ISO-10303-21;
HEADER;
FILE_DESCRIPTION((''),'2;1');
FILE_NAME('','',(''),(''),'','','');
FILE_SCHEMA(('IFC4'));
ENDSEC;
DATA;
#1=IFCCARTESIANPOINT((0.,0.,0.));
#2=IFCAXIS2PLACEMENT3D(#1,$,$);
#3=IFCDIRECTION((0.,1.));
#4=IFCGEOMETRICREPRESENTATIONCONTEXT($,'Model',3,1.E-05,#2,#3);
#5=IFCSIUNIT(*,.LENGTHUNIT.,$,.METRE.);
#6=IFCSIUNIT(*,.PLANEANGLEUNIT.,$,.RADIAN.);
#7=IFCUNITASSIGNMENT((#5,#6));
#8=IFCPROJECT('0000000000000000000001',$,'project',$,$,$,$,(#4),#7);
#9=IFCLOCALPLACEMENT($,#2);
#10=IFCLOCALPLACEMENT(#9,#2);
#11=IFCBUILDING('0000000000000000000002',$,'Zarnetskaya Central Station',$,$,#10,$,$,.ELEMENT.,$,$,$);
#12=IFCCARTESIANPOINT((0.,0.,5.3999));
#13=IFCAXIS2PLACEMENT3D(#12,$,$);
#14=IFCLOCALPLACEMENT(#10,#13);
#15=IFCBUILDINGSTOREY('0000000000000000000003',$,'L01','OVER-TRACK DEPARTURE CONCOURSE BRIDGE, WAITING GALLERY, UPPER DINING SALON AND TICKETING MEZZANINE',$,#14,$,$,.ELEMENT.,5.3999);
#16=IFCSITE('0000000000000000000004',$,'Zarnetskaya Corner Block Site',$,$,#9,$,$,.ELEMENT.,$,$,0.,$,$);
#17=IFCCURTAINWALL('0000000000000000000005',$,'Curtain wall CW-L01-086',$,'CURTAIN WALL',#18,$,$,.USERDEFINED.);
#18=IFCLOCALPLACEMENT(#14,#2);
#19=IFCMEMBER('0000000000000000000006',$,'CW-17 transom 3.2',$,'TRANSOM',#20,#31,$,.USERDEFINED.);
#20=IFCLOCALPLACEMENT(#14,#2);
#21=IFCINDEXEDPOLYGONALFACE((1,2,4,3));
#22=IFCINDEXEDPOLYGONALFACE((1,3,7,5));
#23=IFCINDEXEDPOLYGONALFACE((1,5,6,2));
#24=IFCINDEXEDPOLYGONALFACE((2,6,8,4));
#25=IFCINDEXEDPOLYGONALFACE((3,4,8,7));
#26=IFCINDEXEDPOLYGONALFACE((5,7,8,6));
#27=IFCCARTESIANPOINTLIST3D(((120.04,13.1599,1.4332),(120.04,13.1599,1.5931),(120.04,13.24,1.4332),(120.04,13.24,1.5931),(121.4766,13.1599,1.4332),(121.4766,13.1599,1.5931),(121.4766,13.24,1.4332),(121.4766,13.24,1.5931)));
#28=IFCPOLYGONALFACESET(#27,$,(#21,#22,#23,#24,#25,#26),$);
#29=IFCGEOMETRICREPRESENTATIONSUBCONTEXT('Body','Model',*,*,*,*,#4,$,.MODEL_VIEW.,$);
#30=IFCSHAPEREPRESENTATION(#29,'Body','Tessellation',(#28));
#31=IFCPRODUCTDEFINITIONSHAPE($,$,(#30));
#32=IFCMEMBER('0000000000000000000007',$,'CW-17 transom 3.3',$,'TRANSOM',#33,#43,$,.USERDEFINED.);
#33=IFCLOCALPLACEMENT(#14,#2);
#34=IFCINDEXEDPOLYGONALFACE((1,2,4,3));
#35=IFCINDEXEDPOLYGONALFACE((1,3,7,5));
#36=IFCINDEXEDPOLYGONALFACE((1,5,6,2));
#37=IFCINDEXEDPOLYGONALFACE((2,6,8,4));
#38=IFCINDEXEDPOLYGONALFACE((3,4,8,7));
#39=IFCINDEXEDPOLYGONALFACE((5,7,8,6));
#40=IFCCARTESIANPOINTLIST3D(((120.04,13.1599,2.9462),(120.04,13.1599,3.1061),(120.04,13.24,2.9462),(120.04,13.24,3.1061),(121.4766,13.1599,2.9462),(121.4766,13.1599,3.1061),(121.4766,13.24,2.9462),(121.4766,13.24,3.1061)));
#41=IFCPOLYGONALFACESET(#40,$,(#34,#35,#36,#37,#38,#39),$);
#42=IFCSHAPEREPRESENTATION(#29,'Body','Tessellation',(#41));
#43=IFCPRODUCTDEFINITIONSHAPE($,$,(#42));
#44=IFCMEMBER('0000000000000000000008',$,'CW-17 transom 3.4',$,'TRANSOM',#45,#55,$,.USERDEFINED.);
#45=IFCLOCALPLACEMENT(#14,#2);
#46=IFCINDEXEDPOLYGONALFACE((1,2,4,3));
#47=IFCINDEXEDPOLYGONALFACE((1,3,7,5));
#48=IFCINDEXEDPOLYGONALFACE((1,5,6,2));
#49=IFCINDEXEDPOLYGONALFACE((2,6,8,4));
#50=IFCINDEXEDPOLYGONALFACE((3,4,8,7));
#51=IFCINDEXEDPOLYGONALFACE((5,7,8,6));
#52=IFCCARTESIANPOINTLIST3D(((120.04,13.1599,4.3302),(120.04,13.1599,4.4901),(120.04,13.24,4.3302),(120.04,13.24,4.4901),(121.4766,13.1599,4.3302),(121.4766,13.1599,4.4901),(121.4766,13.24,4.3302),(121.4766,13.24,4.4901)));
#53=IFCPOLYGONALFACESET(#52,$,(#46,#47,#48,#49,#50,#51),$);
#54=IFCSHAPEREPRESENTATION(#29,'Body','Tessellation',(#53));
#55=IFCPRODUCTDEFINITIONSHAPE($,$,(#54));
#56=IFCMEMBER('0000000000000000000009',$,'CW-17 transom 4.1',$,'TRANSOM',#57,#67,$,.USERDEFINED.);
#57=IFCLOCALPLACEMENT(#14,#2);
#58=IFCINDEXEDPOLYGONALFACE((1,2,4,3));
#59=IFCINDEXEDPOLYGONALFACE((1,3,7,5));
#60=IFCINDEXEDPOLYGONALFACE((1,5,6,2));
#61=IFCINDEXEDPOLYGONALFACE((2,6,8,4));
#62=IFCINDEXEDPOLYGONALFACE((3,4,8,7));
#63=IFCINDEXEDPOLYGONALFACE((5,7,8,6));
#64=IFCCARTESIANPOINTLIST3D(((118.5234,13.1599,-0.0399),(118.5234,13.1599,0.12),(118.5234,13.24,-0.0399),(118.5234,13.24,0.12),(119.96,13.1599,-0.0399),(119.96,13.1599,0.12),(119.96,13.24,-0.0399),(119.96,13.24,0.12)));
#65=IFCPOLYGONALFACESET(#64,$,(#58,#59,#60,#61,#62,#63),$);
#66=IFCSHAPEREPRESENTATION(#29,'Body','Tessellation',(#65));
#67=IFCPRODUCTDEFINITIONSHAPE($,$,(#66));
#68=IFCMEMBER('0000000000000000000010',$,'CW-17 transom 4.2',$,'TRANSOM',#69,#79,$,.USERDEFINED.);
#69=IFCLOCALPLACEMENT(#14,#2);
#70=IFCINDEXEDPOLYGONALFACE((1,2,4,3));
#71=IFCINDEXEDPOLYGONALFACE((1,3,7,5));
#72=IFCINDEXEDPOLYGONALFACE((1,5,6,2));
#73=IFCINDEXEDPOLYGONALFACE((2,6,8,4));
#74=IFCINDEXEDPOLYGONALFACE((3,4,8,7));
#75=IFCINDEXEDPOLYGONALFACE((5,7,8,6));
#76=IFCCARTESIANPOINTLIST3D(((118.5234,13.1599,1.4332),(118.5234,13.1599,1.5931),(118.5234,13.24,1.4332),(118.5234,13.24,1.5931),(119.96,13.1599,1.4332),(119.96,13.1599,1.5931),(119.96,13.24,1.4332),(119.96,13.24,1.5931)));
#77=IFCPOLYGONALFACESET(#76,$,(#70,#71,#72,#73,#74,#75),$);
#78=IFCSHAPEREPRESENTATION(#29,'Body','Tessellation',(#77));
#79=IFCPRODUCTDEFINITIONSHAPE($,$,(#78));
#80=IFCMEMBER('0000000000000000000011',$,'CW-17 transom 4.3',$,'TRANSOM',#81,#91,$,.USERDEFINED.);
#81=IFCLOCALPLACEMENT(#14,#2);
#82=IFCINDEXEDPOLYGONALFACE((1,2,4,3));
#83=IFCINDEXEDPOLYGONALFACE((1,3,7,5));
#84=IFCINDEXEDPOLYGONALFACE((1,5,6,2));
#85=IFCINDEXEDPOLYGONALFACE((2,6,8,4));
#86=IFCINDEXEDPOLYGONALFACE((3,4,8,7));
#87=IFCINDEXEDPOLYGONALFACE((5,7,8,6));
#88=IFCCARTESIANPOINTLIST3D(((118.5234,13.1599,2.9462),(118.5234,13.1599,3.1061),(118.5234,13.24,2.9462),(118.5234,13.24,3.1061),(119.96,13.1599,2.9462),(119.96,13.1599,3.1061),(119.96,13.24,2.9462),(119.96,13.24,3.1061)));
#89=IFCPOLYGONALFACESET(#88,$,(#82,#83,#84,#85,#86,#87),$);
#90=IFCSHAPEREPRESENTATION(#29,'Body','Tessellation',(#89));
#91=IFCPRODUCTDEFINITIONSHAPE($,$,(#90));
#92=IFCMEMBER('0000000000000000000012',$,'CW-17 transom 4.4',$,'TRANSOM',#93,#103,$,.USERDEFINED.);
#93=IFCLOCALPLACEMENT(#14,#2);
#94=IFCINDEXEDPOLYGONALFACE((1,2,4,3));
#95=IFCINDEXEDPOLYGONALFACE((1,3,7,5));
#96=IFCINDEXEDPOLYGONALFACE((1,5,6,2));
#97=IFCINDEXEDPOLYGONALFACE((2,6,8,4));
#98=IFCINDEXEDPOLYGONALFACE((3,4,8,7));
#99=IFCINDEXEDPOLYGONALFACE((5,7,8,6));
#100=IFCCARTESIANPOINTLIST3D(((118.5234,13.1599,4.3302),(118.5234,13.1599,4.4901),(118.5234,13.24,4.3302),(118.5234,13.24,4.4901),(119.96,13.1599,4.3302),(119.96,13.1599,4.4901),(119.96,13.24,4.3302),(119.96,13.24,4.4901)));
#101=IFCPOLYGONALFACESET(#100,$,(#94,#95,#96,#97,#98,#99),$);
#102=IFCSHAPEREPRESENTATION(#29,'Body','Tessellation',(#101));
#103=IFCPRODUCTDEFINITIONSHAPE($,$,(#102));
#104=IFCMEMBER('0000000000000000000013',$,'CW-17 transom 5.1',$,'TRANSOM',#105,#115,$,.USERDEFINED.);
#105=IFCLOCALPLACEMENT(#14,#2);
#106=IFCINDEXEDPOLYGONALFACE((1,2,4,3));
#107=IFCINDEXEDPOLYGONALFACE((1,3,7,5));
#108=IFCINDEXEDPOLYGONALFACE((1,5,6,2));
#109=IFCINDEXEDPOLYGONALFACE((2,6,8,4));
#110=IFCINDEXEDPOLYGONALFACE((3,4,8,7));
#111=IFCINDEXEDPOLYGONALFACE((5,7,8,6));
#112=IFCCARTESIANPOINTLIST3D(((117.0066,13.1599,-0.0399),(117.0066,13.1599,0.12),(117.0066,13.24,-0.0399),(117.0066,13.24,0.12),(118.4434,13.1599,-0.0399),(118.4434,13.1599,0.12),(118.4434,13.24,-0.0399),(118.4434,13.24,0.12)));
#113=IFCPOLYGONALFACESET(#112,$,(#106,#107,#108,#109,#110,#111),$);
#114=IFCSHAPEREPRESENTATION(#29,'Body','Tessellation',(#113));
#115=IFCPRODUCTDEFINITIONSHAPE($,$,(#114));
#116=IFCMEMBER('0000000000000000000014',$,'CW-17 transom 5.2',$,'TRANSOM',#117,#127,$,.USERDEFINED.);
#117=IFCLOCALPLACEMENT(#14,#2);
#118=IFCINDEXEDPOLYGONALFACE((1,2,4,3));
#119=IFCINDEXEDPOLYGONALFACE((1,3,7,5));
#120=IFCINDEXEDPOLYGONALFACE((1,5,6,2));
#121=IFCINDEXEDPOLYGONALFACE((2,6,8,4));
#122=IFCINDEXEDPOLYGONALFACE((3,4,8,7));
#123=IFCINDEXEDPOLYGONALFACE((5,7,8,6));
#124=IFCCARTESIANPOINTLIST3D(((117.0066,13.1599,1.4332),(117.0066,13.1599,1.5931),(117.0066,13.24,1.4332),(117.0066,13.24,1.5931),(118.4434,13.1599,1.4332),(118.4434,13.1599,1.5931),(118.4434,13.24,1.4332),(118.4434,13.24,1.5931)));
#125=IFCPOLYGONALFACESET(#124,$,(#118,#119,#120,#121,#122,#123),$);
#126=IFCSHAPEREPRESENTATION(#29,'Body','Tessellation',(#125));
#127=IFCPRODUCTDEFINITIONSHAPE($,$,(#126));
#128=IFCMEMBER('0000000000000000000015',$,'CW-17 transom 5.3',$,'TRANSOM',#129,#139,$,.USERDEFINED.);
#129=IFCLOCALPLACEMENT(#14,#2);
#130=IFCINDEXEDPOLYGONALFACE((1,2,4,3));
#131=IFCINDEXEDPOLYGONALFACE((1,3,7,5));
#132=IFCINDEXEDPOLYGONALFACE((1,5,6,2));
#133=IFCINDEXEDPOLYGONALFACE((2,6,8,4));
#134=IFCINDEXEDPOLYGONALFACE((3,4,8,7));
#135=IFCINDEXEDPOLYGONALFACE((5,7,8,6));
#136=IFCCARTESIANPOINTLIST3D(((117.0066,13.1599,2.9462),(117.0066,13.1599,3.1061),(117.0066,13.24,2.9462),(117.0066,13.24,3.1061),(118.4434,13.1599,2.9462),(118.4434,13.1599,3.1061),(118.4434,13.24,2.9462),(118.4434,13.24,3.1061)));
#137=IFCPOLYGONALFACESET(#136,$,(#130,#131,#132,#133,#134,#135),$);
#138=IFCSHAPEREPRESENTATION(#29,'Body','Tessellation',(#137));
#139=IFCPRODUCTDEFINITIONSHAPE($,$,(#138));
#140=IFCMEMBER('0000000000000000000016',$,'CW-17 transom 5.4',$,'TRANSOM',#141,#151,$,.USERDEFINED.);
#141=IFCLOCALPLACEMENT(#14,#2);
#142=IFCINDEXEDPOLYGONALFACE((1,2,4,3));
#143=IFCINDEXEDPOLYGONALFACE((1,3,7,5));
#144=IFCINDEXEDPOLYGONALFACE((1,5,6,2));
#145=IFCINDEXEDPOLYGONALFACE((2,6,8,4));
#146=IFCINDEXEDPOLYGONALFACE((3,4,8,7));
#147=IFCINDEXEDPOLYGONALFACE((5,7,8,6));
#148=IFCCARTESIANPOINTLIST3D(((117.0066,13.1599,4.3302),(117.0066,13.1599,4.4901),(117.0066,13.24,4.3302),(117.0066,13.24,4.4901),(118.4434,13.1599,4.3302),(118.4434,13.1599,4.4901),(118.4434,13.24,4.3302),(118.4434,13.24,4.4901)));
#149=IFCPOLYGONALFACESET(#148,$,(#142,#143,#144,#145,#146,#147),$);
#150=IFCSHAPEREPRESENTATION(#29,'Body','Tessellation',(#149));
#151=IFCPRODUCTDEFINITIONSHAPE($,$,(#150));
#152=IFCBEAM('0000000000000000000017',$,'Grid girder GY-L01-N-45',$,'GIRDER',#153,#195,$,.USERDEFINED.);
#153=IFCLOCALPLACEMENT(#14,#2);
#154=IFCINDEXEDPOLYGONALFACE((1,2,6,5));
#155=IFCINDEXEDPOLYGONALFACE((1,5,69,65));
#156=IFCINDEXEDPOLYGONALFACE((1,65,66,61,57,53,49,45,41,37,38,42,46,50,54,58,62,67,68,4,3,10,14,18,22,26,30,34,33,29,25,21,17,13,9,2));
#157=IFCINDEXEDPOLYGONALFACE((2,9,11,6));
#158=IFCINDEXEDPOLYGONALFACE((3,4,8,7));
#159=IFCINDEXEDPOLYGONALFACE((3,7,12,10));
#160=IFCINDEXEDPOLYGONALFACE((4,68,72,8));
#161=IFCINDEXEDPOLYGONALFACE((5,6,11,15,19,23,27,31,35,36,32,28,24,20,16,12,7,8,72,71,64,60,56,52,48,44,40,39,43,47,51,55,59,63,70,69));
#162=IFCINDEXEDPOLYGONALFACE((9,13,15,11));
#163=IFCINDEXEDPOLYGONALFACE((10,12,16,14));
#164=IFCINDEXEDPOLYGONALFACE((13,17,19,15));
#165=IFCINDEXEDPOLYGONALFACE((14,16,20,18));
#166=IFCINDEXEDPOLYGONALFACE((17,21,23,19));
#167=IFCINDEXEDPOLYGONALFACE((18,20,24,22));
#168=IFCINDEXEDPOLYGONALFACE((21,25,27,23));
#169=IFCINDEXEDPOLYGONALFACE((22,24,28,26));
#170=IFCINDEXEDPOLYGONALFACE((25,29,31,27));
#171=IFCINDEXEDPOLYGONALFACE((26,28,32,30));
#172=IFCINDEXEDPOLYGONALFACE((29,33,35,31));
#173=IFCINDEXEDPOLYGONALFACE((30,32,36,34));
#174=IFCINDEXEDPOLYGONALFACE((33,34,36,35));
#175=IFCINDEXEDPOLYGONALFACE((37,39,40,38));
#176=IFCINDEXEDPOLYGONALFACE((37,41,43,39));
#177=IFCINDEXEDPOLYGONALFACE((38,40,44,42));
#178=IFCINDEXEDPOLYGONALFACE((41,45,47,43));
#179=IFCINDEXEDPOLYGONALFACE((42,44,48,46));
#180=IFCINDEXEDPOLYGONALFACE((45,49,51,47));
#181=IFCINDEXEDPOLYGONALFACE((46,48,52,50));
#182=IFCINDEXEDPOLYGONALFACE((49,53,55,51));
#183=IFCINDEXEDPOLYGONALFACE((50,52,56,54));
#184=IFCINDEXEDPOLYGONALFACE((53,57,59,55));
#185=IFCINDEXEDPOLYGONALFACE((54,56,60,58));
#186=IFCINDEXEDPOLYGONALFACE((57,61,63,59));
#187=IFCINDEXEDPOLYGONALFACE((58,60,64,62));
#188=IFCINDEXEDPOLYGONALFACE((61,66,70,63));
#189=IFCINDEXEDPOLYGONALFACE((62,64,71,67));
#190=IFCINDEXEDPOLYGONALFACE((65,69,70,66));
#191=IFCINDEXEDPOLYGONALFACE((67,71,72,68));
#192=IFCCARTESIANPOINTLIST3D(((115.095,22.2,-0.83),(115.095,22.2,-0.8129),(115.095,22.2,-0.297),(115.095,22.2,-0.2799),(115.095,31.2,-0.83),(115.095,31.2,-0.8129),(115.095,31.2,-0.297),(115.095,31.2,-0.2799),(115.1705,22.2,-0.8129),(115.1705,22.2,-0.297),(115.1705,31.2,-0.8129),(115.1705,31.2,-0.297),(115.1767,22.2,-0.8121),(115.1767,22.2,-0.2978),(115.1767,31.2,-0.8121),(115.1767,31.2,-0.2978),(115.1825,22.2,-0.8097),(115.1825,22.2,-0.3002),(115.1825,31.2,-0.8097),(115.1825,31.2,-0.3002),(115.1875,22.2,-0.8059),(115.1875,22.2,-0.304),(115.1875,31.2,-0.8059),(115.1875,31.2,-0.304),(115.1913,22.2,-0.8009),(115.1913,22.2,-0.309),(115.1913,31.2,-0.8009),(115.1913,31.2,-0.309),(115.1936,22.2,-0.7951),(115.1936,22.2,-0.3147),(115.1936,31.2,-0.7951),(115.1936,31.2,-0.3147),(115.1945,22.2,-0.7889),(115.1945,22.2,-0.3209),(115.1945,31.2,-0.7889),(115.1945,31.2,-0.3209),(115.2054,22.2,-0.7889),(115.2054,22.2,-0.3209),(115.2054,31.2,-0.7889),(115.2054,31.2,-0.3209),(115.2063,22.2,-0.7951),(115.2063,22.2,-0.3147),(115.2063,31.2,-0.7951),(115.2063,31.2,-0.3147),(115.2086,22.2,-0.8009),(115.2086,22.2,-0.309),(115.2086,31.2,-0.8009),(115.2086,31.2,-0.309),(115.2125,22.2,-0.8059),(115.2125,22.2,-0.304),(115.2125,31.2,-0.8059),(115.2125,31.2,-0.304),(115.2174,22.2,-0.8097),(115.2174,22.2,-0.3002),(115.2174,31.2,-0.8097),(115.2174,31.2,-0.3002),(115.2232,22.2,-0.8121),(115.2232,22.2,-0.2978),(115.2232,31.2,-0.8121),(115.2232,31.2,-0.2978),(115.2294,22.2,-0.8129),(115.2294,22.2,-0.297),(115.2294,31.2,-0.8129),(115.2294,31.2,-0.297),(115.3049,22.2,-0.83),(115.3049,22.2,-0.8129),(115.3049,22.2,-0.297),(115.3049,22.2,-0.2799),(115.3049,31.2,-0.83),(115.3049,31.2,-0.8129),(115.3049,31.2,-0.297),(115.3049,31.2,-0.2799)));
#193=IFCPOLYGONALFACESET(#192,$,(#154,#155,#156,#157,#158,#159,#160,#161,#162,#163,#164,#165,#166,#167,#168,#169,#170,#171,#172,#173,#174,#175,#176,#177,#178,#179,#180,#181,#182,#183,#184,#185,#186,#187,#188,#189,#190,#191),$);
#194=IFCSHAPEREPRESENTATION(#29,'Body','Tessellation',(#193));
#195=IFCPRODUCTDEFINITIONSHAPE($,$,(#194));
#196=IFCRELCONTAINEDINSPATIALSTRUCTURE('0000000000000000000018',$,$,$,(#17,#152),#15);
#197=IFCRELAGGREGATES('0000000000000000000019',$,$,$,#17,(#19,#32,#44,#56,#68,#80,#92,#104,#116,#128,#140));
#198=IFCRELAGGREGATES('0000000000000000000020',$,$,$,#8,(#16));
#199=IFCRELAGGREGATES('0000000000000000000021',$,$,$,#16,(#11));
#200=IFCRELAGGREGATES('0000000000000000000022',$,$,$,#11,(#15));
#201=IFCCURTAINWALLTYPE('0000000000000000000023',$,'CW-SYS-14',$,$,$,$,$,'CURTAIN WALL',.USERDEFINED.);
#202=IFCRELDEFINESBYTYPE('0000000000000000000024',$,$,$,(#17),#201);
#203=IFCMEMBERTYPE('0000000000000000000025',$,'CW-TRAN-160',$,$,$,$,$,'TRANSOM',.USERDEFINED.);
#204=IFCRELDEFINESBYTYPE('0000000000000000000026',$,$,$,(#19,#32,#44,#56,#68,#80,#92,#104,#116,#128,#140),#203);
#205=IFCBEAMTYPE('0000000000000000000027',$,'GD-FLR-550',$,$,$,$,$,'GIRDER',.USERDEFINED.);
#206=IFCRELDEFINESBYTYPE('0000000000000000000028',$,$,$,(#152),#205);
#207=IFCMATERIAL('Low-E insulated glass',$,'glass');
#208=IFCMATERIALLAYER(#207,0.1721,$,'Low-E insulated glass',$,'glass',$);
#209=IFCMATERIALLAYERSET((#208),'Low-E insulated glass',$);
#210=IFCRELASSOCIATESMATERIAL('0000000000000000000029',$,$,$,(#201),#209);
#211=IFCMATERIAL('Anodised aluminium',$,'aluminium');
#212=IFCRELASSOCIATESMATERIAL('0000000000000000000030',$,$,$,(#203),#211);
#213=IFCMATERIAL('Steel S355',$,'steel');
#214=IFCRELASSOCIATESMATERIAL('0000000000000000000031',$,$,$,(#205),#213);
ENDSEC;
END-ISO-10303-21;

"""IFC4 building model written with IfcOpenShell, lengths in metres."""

from ifc_helpers import new_model, si_unit, direction, frame, origin, origin_2d, place, context, subcontext, project, spatial, rectangle, i_section, extrude, material, layer, layer_set, material_profile, profile_set, type_object, element, aggregate, save


model = new_model("IFC4")

# Units and contexts
model_context = context("Model", 3, precision=1e-05, world=origin(), true_north=direction((0.0, 1.0)))
body_context = subcontext(model_context, "Body", "Model", "MODEL_VIEW")
ifc_project = project(units=[si_unit("LENGTHUNIT", "METRE"), si_unit("PLANEANGLEUNIT", "RADIAN")], contexts=[model_context])

# Site, building, storey
site_placement = place(None, origin())
site = spatial("IfcSite", under=ifc_project, at=site_placement, Name="Zarnetskaya Corner Block Site", CompositionType="ELEMENT", RefElevation=0.0)
building_placement = place(site_placement, origin())
building = spatial("IfcBuilding", under=site, at=building_placement, Name="Zarnetskaya Central Station", CompositionType="ELEMENT")
storey_placement = place(building_placement, frame((0.0, 0.0, 5.3999)))
storey = spatial("IfcBuildingStorey", under=building, at=storey_placement, Name="L01", Description="OVER-TRACK DEPARTURE CONCOURSE BRIDGE, WAITING GALLERY, UPPER DINING SALON AND TICKETING MEZZANINE", CompositionType="ELEMENT", Elevation=5.3999)

# Shared definitions
ifc_material_1 = material(Name="Steel S355", Category="steel")

# Curtain wall, members
ifc_material_2 = material(Name="Low-E insulated glass", Category="glass")
ifc_layer_1 = layer(ifc_material_2, 0.1721, Name="Low-E insulated glass", Category="glass")
ifc_layer_set_1 = layer_set([ifc_layer_1], Name="Low-E insulated glass")
curtain_wall_type = type_object("IfcCurtainWallType", Name="CW-SYS-14", ElementType="CURTAIN WALL", PredefinedType="USERDEFINED", material=ifc_layer_set_1)
curtain_wall_placement = place(storey_placement, origin())
curtain_wall = element("IfcCurtainWall", 1, at=curtain_wall_placement, inside=storey, type_object=curtain_wall_type, Name="Curtain wall CW-L01-086", ObjectType="CURTAIN WALL", PredefinedType="USERDEFINED")
ifc_material_3 = material(Name="Anodised aluminium", Category="aluminium")
ifc_material_profile_1 = material_profile(ifc_material_3, rectangle(XDim=0.0801, YDim=0.1599, at=origin_2d()), Name="ALU TRAN 80x160")
ifc_profile_set_1 = profile_set([ifc_material_profile_1], Name="Anodised aluminium")
member_type_1 = type_object("IfcMemberType", Name="CW-TRAN-160", ElementType="TRANSOM", PredefinedType="USERDEFINED", material=ifc_profile_set_1)
member_1_placement = place(storey_placement, frame((121.4766, 13.2, 1.5132), z_axis=(-1.0, 0.0, 0.0), x_axis=(0.0, -1.0, 0.0)))
member_1 = element("IfcMember", 2, at=member_1_placement, type_object=member_type_1, Name="CW-17 transom 3.2", ObjectType="TRANSOM", PredefinedType="USERDEFINED", context=body_context, shape_type="SweptSolid", body=[
    extrude(rectangle(XDim=0.0801, YDim=0.1599, at=origin_2d()), origin(), (0.0, 0.0, 1.0), 1.4365),
])
member_2_placement = place(storey_placement, frame((121.4766, 13.2, 3.0261), z_axis=(-1.0, 0.0, 0.0), x_axis=(0.0, -1.0, 0.0)))
member_2 = element("IfcMember", 3, at=member_2_placement, type_object=member_type_1, Name="CW-17 transom 3.3", ObjectType="TRANSOM", PredefinedType="USERDEFINED", context=body_context, shape_type="SweptSolid", body=[
    extrude(rectangle(XDim=0.0801, YDim=0.1599, at=origin_2d()), origin(), (0.0, 0.0, 1.0), 1.4365),
])
member_3_placement = place(storey_placement, frame((121.4766, 13.2, 4.4102), z_axis=(-1.0, 0.0, 0.0), x_axis=(0.0, -1.0, 0.0)))
member_3 = element("IfcMember", 4, at=member_3_placement, type_object=member_type_1, Name="CW-17 transom 3.4", ObjectType="TRANSOM", PredefinedType="USERDEFINED", context=body_context, shape_type="SweptSolid", body=[
    extrude(rectangle(XDim=0.0801, YDim=0.1599, at=origin_2d()), origin(), (0.0, 0.0, 1.0), 1.4365),
])
member_4_placement = place(storey_placement, frame((119.96, 13.2, 0.04), z_axis=(-1.0, 0.0, 0.0), x_axis=(0.0, -1.0, 0.0)))
member_4 = element("IfcMember", 5, at=member_4_placement, type_object=member_type_1, Name="CW-17 transom 4.1", ObjectType="TRANSOM", PredefinedType="USERDEFINED", context=body_context, shape_type="SweptSolid", body=[
    extrude(rectangle(XDim=0.0801, YDim=0.1599, at=origin_2d()), origin(), (0.0, 0.0, 1.0), 1.4365),
])
member_5_placement = place(storey_placement, frame((119.96, 13.2, 1.5132), z_axis=(-1.0, 0.0, 0.0), x_axis=(0.0, -1.0, 0.0)))
member_5 = element("IfcMember", 6, at=member_5_placement, type_object=member_type_1, Name="CW-17 transom 4.2", ObjectType="TRANSOM", PredefinedType="USERDEFINED", context=body_context, shape_type="SweptSolid", body=[
    extrude(rectangle(XDim=0.0801, YDim=0.1599, at=origin_2d()), origin(), (0.0, 0.0, 1.0), 1.4365),
])
member_6_placement = place(storey_placement, frame((119.96, 13.2, 3.0261), z_axis=(-1.0, 0.0, 0.0), x_axis=(0.0, -1.0, 0.0)))
member_6 = element("IfcMember", 7, at=member_6_placement, type_object=member_type_1, Name="CW-17 transom 4.3", ObjectType="TRANSOM", PredefinedType="USERDEFINED", context=body_context, shape_type="SweptSolid", body=[
    extrude(rectangle(XDim=0.0801, YDim=0.1599, at=origin_2d()), origin(), (0.0, 0.0, 1.0), 1.4365),
])
member_7_placement = place(storey_placement, frame((119.96, 13.2, 4.4102), z_axis=(-1.0, 0.0, 0.0), x_axis=(0.0, -1.0, 0.0)))
member_7 = element("IfcMember", 8, at=member_7_placement, type_object=member_type_1, Name="CW-17 transom 4.4", ObjectType="TRANSOM", PredefinedType="USERDEFINED", context=body_context, shape_type="SweptSolid", body=[
    extrude(rectangle(XDim=0.0801, YDim=0.1599, at=origin_2d()), origin(), (0.0, 0.0, 1.0), 1.4365),
])
member_8_placement = place(storey_placement, frame((118.4434, 13.2, 0.04), z_axis=(-1.0, 0.0, 0.0), x_axis=(0.0, -1.0, 0.0)))
member_8 = element("IfcMember", 9, at=member_8_placement, type_object=member_type_1, Name="CW-17 transom 5.1", ObjectType="TRANSOM", PredefinedType="USERDEFINED", context=body_context, shape_type="SweptSolid", body=[
    extrude(rectangle(XDim=0.0801, YDim=0.1599, at=origin_2d()), origin(), (0.0, 0.0, 1.0), 1.4368),
])
member_9_placement = place(storey_placement, frame((118.4434, 13.2, 1.5132), z_axis=(-1.0, 0.0, 0.0), x_axis=(0.0, -1.0, 0.0)))
member_9 = element("IfcMember", 10, at=member_9_placement, type_object=member_type_1, Name="CW-17 transom 5.2", ObjectType="TRANSOM", PredefinedType="USERDEFINED", context=body_context, shape_type="SweptSolid", body=[
    extrude(rectangle(XDim=0.0801, YDim=0.1599, at=origin_2d()), origin(), (0.0, 0.0, 1.0), 1.4368),
])
member_10_placement = place(storey_placement, frame((118.4434, 13.2, 3.0261), z_axis=(-1.0, 0.0, 0.0), x_axis=(0.0, -1.0, 0.0)))
member_10 = element("IfcMember", 11, at=member_10_placement, type_object=member_type_1, Name="CW-17 transom 5.3", ObjectType="TRANSOM", PredefinedType="USERDEFINED", context=body_context, shape_type="SweptSolid", body=[
    extrude(rectangle(XDim=0.0801, YDim=0.1599, at=origin_2d()), origin(), (0.0, 0.0, 1.0), 1.4368),
])
member_11_placement = place(storey_placement, frame((118.4434, 13.2, 4.4102), z_axis=(-1.0, 0.0, 0.0), x_axis=(0.0, -1.0, 0.0)))
member_11 = element("IfcMember", 12, at=member_11_placement, type_object=member_type_1, Name="CW-17 transom 5.4", ObjectType="TRANSOM", PredefinedType="USERDEFINED", context=body_context, shape_type="SweptSolid", body=[
    extrude(rectangle(XDim=0.0801, YDim=0.1599, at=origin_2d()), origin(), (0.0, 0.0, 1.0), 1.4368),
])

# Beam
ifc_material_profile_2 = material_profile(ifc_material_1, i_section(OverallWidth=0.21, OverallDepth=0.55, WebThickness=0.011, FlangeThickness=0.0171, FilletRadius=0.0239, at=origin_2d()), Name="IPE 550")
ifc_profile_set_2 = profile_set([ifc_material_profile_2], Name="Steel S355")
beam_type_1 = type_object("IfcBeamType", Name="GD-FLR-550", ElementType="GIRDER", PredefinedType="USERDEFINED", material=ifc_profile_set_2)
for number, where, z_axis, x_axis, name in (
    (13, (115.2, 22.2, -0.5549), (0.0, 1.0, 0.0), (-1.0, 0.0, 0.0), "Grid girder GY-L01-N-45"),
):
    element("IfcBeam", number, at=place(storey_placement, frame(where, z_axis=z_axis, x_axis=x_axis)), inside=storey, type_object=beam_type_1, Name=name, ObjectType="GIRDER", PredefinedType="USERDEFINED", context=body_context, shape_type="SweptSolid", body=[
        extrude(i_section(OverallWidth=0.21, OverallDepth=0.55, WebThickness=0.011, FlangeThickness=0.0171, FilletRadius=0.0239, at=origin_2d()), origin(), (0.0, 0.0, 1.0), 9.0),
    ])

aggregate(curtain_wall, [member_1, member_2, member_3, member_4, member_5, member_6, member_7, member_8, member_9, member_10, member_11])

save(model, "model.ifc")
